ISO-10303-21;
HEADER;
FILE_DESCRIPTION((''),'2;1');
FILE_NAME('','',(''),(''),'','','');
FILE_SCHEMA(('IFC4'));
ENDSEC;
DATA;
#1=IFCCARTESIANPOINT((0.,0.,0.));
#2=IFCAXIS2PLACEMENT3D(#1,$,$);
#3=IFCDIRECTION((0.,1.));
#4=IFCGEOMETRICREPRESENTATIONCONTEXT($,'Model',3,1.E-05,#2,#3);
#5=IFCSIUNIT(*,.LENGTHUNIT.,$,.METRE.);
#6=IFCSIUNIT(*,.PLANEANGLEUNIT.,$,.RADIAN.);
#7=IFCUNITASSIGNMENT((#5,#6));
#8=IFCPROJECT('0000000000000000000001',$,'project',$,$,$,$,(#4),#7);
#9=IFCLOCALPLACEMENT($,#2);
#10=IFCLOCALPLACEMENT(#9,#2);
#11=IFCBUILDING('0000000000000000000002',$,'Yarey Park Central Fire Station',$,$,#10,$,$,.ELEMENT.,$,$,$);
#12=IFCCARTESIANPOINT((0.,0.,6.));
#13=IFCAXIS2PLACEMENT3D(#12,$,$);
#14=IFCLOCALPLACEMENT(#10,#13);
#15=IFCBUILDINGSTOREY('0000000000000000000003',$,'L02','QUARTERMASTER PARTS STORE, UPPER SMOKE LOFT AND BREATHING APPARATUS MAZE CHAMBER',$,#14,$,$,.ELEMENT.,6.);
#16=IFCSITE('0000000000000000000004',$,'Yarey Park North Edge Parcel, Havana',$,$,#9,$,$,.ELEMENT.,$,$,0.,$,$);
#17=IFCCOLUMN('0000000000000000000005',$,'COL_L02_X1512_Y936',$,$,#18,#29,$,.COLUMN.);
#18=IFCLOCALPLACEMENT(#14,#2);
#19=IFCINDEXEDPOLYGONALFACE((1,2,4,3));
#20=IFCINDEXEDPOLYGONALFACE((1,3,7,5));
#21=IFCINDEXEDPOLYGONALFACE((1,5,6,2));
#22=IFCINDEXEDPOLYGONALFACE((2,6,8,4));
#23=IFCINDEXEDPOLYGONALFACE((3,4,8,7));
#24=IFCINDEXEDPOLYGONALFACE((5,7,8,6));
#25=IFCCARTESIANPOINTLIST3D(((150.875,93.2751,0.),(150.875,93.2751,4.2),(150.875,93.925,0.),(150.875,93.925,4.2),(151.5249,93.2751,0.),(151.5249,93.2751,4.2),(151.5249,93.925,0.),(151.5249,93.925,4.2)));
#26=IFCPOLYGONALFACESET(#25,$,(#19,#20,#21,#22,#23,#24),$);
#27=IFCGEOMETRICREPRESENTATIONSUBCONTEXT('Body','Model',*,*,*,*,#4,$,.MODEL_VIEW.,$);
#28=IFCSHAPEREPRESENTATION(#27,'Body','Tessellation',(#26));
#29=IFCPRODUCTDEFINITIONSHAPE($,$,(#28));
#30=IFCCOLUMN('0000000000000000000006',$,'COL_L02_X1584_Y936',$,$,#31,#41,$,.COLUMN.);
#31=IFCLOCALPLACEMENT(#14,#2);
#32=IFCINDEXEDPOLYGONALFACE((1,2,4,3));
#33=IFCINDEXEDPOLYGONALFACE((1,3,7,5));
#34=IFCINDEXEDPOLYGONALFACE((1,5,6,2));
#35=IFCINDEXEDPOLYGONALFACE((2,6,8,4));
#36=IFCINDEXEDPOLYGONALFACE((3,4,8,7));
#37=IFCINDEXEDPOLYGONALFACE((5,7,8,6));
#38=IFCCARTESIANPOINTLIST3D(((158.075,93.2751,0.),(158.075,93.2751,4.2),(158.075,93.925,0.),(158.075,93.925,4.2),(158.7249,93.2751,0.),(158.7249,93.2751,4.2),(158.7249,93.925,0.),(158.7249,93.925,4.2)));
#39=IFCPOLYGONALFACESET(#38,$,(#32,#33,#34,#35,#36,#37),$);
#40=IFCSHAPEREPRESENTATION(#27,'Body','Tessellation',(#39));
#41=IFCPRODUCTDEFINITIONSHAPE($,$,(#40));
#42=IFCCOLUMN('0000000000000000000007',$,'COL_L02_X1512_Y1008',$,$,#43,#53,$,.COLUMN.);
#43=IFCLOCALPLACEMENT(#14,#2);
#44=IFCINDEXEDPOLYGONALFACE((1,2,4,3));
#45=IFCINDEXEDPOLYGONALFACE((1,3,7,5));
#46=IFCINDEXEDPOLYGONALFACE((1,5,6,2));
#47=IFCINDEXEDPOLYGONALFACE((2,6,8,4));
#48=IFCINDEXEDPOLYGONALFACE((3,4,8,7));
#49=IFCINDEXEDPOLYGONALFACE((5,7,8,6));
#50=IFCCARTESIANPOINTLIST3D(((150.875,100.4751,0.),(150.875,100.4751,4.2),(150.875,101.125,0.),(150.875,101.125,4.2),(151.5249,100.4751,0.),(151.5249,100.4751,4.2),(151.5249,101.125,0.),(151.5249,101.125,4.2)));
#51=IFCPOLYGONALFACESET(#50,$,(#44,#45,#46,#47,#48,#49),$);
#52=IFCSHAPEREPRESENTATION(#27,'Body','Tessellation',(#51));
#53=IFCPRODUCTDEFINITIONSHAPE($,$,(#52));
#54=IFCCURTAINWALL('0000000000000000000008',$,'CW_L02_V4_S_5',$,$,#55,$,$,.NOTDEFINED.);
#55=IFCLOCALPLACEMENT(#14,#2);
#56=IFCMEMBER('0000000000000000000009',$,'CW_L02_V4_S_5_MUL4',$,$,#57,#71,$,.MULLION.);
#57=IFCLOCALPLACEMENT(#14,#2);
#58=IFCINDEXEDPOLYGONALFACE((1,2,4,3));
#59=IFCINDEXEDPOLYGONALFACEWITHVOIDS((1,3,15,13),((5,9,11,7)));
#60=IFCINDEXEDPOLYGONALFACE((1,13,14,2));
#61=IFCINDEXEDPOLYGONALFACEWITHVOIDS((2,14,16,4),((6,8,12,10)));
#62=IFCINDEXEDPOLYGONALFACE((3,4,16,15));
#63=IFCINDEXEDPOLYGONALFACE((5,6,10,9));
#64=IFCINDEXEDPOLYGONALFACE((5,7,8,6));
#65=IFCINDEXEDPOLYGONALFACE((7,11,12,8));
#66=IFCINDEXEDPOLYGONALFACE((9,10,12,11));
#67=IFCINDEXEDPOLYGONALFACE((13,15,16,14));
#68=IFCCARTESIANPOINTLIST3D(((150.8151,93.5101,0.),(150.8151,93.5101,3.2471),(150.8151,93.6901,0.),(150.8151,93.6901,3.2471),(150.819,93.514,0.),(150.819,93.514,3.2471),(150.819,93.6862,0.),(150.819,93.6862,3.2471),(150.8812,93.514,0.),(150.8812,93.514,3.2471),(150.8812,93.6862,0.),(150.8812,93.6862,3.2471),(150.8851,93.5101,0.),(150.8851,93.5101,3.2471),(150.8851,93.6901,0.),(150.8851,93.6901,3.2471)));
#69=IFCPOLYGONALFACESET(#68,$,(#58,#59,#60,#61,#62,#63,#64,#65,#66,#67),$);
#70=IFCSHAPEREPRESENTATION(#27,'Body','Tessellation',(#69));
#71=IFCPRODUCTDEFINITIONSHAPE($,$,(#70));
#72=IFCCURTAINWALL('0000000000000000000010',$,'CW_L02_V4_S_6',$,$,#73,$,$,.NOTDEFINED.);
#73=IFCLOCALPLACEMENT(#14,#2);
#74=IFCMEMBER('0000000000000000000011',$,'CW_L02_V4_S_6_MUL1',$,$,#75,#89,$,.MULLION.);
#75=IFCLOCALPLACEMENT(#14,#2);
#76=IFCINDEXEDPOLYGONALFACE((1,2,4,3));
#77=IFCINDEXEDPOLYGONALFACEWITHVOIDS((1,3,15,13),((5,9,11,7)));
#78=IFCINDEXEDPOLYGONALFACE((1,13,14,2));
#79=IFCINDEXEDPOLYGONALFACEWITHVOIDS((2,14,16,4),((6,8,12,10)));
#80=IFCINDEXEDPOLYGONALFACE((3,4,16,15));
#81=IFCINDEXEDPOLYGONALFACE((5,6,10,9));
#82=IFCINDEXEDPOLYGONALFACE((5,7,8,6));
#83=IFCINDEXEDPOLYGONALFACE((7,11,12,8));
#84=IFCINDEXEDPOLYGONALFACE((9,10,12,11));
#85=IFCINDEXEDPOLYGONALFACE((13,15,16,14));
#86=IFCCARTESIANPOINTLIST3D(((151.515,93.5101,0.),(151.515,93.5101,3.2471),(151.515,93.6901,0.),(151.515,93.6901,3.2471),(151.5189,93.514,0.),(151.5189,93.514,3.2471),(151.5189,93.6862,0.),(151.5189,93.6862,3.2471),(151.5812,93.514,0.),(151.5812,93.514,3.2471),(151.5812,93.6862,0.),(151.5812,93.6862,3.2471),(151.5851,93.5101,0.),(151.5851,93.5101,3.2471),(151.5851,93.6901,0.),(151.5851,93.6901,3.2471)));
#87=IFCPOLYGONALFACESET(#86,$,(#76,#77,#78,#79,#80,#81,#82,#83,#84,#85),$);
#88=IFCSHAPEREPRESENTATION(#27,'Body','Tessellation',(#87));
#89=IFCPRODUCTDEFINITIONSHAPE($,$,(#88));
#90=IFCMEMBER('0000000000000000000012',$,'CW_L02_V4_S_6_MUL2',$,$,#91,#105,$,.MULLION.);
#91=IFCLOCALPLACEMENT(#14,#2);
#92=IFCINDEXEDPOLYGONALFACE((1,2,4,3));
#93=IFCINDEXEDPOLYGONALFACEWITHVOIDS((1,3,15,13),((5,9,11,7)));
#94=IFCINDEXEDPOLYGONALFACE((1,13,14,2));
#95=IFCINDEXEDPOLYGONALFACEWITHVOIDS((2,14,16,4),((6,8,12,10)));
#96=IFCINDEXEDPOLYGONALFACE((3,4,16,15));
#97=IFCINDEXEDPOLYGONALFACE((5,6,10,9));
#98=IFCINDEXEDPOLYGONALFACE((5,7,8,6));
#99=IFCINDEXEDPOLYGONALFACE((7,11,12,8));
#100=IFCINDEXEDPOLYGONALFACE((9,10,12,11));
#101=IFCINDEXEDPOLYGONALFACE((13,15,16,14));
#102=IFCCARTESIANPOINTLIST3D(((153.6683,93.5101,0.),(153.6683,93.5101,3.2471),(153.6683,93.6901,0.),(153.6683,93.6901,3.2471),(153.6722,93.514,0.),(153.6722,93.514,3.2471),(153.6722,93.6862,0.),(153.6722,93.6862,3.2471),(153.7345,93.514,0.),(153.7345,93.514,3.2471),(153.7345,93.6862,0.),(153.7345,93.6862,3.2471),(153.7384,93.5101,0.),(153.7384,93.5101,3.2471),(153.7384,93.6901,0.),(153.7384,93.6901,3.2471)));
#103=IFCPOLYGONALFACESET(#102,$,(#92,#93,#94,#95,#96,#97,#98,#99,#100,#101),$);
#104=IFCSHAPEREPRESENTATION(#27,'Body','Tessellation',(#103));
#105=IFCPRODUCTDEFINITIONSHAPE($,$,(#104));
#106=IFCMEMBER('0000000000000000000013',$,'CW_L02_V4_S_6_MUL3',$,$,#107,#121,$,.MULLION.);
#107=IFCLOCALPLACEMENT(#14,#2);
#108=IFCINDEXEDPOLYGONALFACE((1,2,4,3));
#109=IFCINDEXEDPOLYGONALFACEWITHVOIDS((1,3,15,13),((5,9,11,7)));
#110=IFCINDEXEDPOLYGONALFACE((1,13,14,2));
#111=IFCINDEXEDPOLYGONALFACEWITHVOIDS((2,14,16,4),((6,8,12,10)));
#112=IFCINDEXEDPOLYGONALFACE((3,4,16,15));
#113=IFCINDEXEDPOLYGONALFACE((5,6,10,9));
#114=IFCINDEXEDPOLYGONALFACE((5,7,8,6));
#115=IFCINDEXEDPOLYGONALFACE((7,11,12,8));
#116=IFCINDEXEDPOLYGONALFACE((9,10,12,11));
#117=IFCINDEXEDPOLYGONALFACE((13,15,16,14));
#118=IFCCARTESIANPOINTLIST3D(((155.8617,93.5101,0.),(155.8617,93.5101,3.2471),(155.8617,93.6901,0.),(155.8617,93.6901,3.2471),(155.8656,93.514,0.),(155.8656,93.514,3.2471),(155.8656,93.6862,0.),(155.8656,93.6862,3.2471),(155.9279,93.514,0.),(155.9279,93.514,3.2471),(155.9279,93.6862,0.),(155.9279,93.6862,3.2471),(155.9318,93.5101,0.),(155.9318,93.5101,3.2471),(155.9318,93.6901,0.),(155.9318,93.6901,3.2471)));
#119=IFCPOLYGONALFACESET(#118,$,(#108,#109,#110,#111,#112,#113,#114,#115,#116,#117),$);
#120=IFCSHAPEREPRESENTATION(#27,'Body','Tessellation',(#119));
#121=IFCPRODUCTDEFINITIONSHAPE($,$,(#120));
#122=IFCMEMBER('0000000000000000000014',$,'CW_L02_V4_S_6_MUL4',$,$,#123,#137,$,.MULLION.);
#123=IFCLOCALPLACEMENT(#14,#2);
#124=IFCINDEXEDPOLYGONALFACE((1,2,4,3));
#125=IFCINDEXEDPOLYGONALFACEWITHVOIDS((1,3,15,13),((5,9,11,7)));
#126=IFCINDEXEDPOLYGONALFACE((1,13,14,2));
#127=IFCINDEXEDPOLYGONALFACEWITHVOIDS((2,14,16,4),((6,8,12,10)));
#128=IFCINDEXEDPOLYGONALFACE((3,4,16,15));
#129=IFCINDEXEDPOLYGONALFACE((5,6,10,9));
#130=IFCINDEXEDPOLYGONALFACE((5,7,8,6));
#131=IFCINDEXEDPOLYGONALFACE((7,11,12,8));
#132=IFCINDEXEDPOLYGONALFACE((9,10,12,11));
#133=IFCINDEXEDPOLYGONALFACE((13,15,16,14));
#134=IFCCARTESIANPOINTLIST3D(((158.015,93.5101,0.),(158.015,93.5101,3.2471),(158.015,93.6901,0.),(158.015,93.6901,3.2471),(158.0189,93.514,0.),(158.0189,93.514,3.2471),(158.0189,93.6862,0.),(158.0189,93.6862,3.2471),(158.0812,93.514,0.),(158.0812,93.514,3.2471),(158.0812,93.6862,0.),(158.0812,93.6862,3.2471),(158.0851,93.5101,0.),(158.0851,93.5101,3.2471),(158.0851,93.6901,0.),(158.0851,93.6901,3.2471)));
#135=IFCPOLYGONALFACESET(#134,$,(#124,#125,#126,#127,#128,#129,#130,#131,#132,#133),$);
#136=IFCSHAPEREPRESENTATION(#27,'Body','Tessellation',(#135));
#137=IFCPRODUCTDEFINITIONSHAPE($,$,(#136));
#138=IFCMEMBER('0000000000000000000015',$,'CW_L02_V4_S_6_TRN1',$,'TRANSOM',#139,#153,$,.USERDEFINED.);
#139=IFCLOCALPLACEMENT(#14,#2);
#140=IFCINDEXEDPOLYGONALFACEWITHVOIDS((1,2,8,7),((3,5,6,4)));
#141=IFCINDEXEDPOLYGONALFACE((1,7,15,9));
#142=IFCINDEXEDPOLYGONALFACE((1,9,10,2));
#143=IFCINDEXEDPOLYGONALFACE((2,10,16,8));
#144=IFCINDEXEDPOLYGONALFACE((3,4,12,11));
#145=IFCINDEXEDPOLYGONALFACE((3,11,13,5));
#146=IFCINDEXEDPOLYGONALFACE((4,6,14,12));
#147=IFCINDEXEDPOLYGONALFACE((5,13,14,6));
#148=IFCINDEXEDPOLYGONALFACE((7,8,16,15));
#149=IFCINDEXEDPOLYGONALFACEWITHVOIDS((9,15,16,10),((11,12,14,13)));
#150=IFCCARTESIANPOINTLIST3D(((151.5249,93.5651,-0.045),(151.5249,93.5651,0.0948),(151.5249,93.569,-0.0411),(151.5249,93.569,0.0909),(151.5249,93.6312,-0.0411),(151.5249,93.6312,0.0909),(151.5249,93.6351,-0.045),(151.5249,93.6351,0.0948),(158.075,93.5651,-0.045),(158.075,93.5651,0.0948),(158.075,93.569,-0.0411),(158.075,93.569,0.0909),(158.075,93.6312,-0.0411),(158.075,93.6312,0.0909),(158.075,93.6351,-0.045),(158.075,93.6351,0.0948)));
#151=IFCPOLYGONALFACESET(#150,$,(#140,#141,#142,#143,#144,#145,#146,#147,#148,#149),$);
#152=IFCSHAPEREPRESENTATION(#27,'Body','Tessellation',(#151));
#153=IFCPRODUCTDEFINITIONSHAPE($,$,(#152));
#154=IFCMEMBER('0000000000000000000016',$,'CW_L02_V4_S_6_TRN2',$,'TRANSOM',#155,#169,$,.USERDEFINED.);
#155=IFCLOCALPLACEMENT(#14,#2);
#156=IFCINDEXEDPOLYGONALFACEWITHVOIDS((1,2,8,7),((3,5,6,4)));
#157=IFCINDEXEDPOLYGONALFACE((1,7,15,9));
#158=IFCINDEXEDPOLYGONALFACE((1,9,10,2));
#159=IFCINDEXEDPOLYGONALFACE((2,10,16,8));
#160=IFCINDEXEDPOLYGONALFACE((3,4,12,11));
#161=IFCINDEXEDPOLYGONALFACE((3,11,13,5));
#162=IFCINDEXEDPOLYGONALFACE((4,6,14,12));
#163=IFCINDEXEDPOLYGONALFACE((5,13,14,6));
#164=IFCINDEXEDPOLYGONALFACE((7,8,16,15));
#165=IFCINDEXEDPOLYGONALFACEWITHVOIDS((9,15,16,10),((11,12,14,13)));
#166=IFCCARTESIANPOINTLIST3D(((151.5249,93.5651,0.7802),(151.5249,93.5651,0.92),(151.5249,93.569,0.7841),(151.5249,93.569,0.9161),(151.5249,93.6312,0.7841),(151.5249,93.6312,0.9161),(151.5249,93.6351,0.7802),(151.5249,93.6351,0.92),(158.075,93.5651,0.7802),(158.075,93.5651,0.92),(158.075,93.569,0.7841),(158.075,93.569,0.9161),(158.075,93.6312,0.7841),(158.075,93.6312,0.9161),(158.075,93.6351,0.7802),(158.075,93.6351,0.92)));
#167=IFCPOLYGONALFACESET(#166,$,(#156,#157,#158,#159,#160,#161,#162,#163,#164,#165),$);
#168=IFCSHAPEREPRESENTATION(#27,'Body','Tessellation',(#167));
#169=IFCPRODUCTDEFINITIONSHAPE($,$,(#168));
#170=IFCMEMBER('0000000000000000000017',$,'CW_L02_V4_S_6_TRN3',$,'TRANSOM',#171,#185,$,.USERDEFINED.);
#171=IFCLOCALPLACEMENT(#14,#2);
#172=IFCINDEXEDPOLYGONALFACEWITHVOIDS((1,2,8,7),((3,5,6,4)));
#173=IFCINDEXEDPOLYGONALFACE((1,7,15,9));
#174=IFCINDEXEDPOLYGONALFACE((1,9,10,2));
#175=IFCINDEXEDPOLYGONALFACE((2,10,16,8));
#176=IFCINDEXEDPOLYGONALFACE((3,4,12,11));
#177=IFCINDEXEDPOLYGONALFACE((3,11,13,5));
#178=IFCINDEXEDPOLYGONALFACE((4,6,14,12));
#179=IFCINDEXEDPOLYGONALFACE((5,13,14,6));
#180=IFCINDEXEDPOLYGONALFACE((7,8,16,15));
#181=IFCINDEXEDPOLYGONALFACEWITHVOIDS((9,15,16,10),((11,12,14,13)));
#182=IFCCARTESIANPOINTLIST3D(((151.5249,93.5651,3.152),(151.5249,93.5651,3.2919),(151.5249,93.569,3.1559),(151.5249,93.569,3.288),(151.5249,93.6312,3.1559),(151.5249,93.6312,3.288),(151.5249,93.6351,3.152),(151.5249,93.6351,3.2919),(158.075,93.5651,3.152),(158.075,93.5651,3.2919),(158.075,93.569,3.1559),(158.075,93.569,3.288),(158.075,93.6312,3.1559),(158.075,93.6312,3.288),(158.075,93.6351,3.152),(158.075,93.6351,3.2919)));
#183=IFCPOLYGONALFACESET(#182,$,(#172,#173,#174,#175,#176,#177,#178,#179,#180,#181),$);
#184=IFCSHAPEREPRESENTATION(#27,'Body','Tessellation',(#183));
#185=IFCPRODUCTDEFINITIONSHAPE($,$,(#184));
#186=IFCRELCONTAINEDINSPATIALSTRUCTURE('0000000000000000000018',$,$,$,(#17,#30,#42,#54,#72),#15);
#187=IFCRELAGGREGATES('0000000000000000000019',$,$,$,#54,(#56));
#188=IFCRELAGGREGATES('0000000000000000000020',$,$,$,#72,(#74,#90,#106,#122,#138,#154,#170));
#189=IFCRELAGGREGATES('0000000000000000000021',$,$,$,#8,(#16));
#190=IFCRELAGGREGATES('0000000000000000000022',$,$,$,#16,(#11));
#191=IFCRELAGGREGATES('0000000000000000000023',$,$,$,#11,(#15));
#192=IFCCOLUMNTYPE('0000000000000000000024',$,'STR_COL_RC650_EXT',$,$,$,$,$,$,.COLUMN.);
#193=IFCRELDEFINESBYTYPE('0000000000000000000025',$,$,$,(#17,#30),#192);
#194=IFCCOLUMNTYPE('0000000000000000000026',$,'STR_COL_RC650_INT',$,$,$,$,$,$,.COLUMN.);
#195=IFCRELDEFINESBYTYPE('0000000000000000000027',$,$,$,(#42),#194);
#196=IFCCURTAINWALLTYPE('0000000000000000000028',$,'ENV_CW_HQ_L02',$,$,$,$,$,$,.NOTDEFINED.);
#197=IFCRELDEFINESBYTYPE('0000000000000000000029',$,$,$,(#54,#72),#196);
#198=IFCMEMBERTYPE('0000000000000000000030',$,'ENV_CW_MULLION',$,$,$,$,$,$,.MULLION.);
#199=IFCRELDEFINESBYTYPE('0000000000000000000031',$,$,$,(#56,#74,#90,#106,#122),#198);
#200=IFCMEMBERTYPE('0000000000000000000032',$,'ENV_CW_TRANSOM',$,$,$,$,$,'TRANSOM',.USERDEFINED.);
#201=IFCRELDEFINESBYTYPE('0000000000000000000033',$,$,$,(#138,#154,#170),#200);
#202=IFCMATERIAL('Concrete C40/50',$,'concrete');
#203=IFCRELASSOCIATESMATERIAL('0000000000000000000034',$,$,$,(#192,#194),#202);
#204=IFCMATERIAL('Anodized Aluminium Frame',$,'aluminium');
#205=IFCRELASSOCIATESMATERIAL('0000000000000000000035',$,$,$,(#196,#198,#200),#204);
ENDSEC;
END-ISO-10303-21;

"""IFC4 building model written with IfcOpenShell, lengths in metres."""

from ifc_helpers import new_model, si_unit, direction, frame, origin, origin_2d, place, context, subcontext, project, spatial, rectangle, hollow_rectangle, extrude, material, material_profile, profile_set, type_object, element, aggregate, save


model = new_model("IFC4")

# Units and contexts
model_context = context("Model", 3, precision=1e-05, world=origin(), true_north=direction((0.0, 1.0)))
body_context = subcontext(model_context, "Body", "Model", "MODEL_VIEW")
ifc_project = project(units=[si_unit("LENGTHUNIT", "METRE"), si_unit("PLANEANGLEUNIT", "RADIAN")], contexts=[model_context])

# Site, building, storey
site_placement = place(None, origin())
site = spatial("IfcSite", under=ifc_project, at=site_placement, Name="Yarey Park North Edge Parcel, Havana", CompositionType="ELEMENT", RefElevation=0.0)
building_placement = place(site_placement, origin())
building = spatial("IfcBuilding", under=site, at=building_placement, Name="Yarey Park Central Fire Station", CompositionType="ELEMENT")
storey_placement = place(building_placement, frame((0.0, 0.0, 6.0)))
storey = spatial("IfcBuildingStorey", under=building, at=storey_placement, Name="L02", Description="QUARTERMASTER PARTS STORE, UPPER SMOKE LOFT AND BREATHING APPARATUS MAZE CHAMBER", CompositionType="ELEMENT", Elevation=6.0)

# Columns
ifc_material_1 = material(Name="Concrete C40/50", Category="concrete")
ifc_material_profile_1 = material_profile(ifc_material_1, rectangle(XDim=0.6499, YDim=0.6499, at=origin_2d()), Name="RC 650x650")
ifc_profile_set_1 = profile_set([ifc_material_profile_1], Name="Concrete C40/50")
column_type_1 = type_object("IfcColumnType", Name="STR_COL_RC650_EXT", PredefinedType="COLUMN", material=ifc_profile_set_1)
for number, where, z_axis, x_axis, name in (
    (1, (151.2, 93.6001, 0.0), (0.0, 0.0, 1.0), (1.0, 0.0, 0.0), "COL_L02_X1512_Y936"),
    (2, (158.3999, 93.6001, 0.0), (0.0, 0.0, 1.0), (1.0, 0.0, 0.0), "COL_L02_X1584_Y936"),
):
    element("IfcColumn", number, at=place(storey_placement, frame(where, z_axis=z_axis, x_axis=x_axis)), inside=storey, type_object=column_type_1, Name=name, PredefinedType="COLUMN", context=body_context, shape_type="SweptSolid", body=[
        extrude(rectangle(XDim=0.6499, YDim=0.6499, at=origin_2d()), origin(), (0.0, 0.0, 1.0), 4.2),
    ])
ifc_material_profile_2 = material_profile(ifc_material_1, rectangle(XDim=0.6499, YDim=0.6499, at=origin_2d()), Name="RC 650x650")
ifc_profile_set_2 = profile_set([ifc_material_profile_2], Name="Concrete C40/50")
column_type_2 = type_object("IfcColumnType", Name="STR_COL_RC650_INT", PredefinedType="COLUMN", material=ifc_profile_set_2)
column_placement = place(storey_placement, frame((151.2, 100.8, 0.0), z_axis=(0.0, 0.0, 1.0), x_axis=(1.0, 0.0, 0.0)))
element("IfcColumn", 3, at=column_placement, inside=storey, type_object=column_type_2, Name="COL_L02_X1512_Y1008", PredefinedType="COLUMN", context=body_context, shape_type="SweptSolid", body=[
    extrude(rectangle(XDim=0.6499, YDim=0.6499, at=origin_2d()), origin(), (0.0, 0.0, 1.0), 4.2),
])

# Curtain wall, member
ifc_material_2 = material(Name="Anodized Aluminium Frame", Category="aluminium")
curtain_wall_type = type_object("IfcCurtainWallType", Name="ENV_CW_HQ_L02", PredefinedType="NOTDEFINED", material=ifc_material_2)
curtain_wall_1_placement = place(storey_placement, origin())
curtain_wall_1 = element("IfcCurtainWall", 4, at=curtain_wall_1_placement, inside=storey, type_object=curtain_wall_type, Name="CW_L02_V4_S_5", PredefinedType="NOTDEFINED")
ifc_material_profile_3 = material_profile(ifc_material_2, hollow_rectangle(XDim=0.0701, YDim=0.1799, WallThickness=0.0039, at=origin_2d()), Name="ALU 180x70x4")
ifc_profile_set_3 = profile_set([ifc_material_profile_3], Name="Anodized Aluminium Frame")
member_type_1 = type_object("IfcMemberType", Name="ENV_CW_MULLION", PredefinedType="MULLION", material=ifc_profile_set_3)
member_1_placement = place(storey_placement, frame((150.8501, 93.6001, 0.0), z_axis=(0.0, 0.0, 1.0), x_axis=(1.0, 0.0, 0.0)))
member_1 = element("IfcMember", 5, at=member_1_placement, type_object=member_type_1, Name="CW_L02_V4_S_5_MUL4", PredefinedType="MULLION", context=body_context, shape_type="SweptSolid", body=[
    extrude(hollow_rectangle(XDim=0.0701, YDim=0.1799, WallThickness=0.0039, at=origin_2d()), origin(), (0.0, 0.0, 1.0), 3.2471),
])
aggregate(curtain_wall_1, [member_1])

# Curtain wall, members
curtain_wall_2_placement = place(storey_placement, origin())
curtain_wall_2 = element("IfcCurtainWall", 6, at=curtain_wall_2_placement, inside=storey, type_object=curtain_wall_type, Name="CW_L02_V4_S_6", PredefinedType="NOTDEFINED")
member_2_placement = place(storey_placement, frame((151.55, 93.6001, 0.0), z_axis=(0.0, 0.0, 1.0), x_axis=(1.0, 0.0, 0.0)))
member_2 = element("IfcMember", 7, at=member_2_placement, type_object=member_type_1, Name="CW_L02_V4_S_6_MUL1", PredefinedType="MULLION", context=body_context, shape_type="SweptSolid", body=[
    extrude(hollow_rectangle(XDim=0.0701, YDim=0.1799, WallThickness=0.0039, at=origin_2d()), origin(), (0.0, 0.0, 1.0), 3.2471),
])
member_3_placement = place(storey_placement, frame((153.7034, 93.6001, 0.0), z_axis=(0.0, 0.0, 1.0), x_axis=(1.0, 0.0, 0.0)))
member_3 = element("IfcMember", 8, at=member_3_placement, type_object=member_type_1, Name="CW_L02_V4_S_6_MUL2", PredefinedType="MULLION", context=body_context, shape_type="SweptSolid", body=[
    extrude(hollow_rectangle(XDim=0.0701, YDim=0.1799, WallThickness=0.0039, at=origin_2d()), origin(), (0.0, 0.0, 1.0), 3.2471),
])
member_4_placement = place(storey_placement, frame((155.8967, 93.6001, 0.0), z_axis=(0.0, 0.0, 1.0), x_axis=(1.0, 0.0, 0.0)))
member_4 = element("IfcMember", 9, at=member_4_placement, type_object=member_type_1, Name="CW_L02_V4_S_6_MUL3", PredefinedType="MULLION", context=body_context, shape_type="SweptSolid", body=[
    extrude(hollow_rectangle(XDim=0.0701, YDim=0.1799, WallThickness=0.0039, at=origin_2d()), origin(), (0.0, 0.0, 1.0), 3.2471),
])
member_5_placement = place(storey_placement, frame((158.05, 93.6001, 0.0), z_axis=(0.0, 0.0, 1.0), x_axis=(1.0, 0.0, 0.0)))
member_5 = element("IfcMember", 10, at=member_5_placement, type_object=member_type_1, Name="CW_L02_V4_S_6_MUL4", PredefinedType="MULLION", context=body_context, shape_type="SweptSolid", body=[
    extrude(hollow_rectangle(XDim=0.0701, YDim=0.1799, WallThickness=0.0039, at=origin_2d()), origin(), (0.0, 0.0, 1.0), 3.2471),
])
ifc_material_profile_4 = material_profile(ifc_material_2, hollow_rectangle(XDim=0.0701, YDim=0.1399, WallThickness=0.0039, at=origin_2d()), Name="ALU 140x70x4")
ifc_profile_set_4 = profile_set([ifc_material_profile_4], Name="Anodized Aluminium Frame")
member_type_2 = type_object("IfcMemberType", Name="ENV_CW_TRANSOM", ElementType="TRANSOM", PredefinedType="USERDEFINED", material=ifc_profile_set_4)
member_6_placement = place(storey_placement, frame((151.5249, 93.6001, 0.0249), z_axis=(1.0, 0.0, 0.0), x_axis=(0.0, 1.0, 0.0)))
member_6 = element("IfcMember", 11, at=member_6_placement, type_object=member_type_2, Name="CW_L02_V4_S_6_TRN1", ObjectType="TRANSOM", PredefinedType="USERDEFINED", context=body_context, shape_type="SweptSolid", body=[
    extrude(hollow_rectangle(XDim=0.0701, YDim=0.1399, WallThickness=0.0039, at=origin_2d()), origin(), (0.0, 0.0, 1.0), 6.55),
])
member_7_placement = place(storey_placement, frame((151.5249, 93.6001, 0.8501), z_axis=(1.0, 0.0, 0.0), x_axis=(0.0, 1.0, 0.0)))
member_7 = element("IfcMember", 12, at=member_7_placement, type_object=member_type_2, Name="CW_L02_V4_S_6_TRN2", ObjectType="TRANSOM", PredefinedType="USERDEFINED", context=body_context, shape_type="SweptSolid", body=[
    extrude(hollow_rectangle(XDim=0.0701, YDim=0.1399, WallThickness=0.0039, at=origin_2d()), origin(), (0.0, 0.0, 1.0), 6.55),
])
member_8_placement = place(storey_placement, frame((151.5249, 93.6001, 3.2219), z_axis=(1.0, 0.0, 0.0), x_axis=(0.0, 1.0, 0.0)))
member_8 = element("IfcMember", 13, at=member_8_placement, type_object=member_type_2, Name="CW_L02_V4_S_6_TRN3", ObjectType="TRANSOM", PredefinedType="USERDEFINED", context=body_context, shape_type="SweptSolid", body=[
    extrude(hollow_rectangle(XDim=0.0701, YDim=0.1399, WallThickness=0.0039, at=origin_2d()), origin(), (0.0, 0.0, 1.0), 6.55),
])

aggregate(curtain_wall_2, [member_2, member_3, member_4, member_5, member_6, member_7, member_8])

save(model, "model.ifc")
